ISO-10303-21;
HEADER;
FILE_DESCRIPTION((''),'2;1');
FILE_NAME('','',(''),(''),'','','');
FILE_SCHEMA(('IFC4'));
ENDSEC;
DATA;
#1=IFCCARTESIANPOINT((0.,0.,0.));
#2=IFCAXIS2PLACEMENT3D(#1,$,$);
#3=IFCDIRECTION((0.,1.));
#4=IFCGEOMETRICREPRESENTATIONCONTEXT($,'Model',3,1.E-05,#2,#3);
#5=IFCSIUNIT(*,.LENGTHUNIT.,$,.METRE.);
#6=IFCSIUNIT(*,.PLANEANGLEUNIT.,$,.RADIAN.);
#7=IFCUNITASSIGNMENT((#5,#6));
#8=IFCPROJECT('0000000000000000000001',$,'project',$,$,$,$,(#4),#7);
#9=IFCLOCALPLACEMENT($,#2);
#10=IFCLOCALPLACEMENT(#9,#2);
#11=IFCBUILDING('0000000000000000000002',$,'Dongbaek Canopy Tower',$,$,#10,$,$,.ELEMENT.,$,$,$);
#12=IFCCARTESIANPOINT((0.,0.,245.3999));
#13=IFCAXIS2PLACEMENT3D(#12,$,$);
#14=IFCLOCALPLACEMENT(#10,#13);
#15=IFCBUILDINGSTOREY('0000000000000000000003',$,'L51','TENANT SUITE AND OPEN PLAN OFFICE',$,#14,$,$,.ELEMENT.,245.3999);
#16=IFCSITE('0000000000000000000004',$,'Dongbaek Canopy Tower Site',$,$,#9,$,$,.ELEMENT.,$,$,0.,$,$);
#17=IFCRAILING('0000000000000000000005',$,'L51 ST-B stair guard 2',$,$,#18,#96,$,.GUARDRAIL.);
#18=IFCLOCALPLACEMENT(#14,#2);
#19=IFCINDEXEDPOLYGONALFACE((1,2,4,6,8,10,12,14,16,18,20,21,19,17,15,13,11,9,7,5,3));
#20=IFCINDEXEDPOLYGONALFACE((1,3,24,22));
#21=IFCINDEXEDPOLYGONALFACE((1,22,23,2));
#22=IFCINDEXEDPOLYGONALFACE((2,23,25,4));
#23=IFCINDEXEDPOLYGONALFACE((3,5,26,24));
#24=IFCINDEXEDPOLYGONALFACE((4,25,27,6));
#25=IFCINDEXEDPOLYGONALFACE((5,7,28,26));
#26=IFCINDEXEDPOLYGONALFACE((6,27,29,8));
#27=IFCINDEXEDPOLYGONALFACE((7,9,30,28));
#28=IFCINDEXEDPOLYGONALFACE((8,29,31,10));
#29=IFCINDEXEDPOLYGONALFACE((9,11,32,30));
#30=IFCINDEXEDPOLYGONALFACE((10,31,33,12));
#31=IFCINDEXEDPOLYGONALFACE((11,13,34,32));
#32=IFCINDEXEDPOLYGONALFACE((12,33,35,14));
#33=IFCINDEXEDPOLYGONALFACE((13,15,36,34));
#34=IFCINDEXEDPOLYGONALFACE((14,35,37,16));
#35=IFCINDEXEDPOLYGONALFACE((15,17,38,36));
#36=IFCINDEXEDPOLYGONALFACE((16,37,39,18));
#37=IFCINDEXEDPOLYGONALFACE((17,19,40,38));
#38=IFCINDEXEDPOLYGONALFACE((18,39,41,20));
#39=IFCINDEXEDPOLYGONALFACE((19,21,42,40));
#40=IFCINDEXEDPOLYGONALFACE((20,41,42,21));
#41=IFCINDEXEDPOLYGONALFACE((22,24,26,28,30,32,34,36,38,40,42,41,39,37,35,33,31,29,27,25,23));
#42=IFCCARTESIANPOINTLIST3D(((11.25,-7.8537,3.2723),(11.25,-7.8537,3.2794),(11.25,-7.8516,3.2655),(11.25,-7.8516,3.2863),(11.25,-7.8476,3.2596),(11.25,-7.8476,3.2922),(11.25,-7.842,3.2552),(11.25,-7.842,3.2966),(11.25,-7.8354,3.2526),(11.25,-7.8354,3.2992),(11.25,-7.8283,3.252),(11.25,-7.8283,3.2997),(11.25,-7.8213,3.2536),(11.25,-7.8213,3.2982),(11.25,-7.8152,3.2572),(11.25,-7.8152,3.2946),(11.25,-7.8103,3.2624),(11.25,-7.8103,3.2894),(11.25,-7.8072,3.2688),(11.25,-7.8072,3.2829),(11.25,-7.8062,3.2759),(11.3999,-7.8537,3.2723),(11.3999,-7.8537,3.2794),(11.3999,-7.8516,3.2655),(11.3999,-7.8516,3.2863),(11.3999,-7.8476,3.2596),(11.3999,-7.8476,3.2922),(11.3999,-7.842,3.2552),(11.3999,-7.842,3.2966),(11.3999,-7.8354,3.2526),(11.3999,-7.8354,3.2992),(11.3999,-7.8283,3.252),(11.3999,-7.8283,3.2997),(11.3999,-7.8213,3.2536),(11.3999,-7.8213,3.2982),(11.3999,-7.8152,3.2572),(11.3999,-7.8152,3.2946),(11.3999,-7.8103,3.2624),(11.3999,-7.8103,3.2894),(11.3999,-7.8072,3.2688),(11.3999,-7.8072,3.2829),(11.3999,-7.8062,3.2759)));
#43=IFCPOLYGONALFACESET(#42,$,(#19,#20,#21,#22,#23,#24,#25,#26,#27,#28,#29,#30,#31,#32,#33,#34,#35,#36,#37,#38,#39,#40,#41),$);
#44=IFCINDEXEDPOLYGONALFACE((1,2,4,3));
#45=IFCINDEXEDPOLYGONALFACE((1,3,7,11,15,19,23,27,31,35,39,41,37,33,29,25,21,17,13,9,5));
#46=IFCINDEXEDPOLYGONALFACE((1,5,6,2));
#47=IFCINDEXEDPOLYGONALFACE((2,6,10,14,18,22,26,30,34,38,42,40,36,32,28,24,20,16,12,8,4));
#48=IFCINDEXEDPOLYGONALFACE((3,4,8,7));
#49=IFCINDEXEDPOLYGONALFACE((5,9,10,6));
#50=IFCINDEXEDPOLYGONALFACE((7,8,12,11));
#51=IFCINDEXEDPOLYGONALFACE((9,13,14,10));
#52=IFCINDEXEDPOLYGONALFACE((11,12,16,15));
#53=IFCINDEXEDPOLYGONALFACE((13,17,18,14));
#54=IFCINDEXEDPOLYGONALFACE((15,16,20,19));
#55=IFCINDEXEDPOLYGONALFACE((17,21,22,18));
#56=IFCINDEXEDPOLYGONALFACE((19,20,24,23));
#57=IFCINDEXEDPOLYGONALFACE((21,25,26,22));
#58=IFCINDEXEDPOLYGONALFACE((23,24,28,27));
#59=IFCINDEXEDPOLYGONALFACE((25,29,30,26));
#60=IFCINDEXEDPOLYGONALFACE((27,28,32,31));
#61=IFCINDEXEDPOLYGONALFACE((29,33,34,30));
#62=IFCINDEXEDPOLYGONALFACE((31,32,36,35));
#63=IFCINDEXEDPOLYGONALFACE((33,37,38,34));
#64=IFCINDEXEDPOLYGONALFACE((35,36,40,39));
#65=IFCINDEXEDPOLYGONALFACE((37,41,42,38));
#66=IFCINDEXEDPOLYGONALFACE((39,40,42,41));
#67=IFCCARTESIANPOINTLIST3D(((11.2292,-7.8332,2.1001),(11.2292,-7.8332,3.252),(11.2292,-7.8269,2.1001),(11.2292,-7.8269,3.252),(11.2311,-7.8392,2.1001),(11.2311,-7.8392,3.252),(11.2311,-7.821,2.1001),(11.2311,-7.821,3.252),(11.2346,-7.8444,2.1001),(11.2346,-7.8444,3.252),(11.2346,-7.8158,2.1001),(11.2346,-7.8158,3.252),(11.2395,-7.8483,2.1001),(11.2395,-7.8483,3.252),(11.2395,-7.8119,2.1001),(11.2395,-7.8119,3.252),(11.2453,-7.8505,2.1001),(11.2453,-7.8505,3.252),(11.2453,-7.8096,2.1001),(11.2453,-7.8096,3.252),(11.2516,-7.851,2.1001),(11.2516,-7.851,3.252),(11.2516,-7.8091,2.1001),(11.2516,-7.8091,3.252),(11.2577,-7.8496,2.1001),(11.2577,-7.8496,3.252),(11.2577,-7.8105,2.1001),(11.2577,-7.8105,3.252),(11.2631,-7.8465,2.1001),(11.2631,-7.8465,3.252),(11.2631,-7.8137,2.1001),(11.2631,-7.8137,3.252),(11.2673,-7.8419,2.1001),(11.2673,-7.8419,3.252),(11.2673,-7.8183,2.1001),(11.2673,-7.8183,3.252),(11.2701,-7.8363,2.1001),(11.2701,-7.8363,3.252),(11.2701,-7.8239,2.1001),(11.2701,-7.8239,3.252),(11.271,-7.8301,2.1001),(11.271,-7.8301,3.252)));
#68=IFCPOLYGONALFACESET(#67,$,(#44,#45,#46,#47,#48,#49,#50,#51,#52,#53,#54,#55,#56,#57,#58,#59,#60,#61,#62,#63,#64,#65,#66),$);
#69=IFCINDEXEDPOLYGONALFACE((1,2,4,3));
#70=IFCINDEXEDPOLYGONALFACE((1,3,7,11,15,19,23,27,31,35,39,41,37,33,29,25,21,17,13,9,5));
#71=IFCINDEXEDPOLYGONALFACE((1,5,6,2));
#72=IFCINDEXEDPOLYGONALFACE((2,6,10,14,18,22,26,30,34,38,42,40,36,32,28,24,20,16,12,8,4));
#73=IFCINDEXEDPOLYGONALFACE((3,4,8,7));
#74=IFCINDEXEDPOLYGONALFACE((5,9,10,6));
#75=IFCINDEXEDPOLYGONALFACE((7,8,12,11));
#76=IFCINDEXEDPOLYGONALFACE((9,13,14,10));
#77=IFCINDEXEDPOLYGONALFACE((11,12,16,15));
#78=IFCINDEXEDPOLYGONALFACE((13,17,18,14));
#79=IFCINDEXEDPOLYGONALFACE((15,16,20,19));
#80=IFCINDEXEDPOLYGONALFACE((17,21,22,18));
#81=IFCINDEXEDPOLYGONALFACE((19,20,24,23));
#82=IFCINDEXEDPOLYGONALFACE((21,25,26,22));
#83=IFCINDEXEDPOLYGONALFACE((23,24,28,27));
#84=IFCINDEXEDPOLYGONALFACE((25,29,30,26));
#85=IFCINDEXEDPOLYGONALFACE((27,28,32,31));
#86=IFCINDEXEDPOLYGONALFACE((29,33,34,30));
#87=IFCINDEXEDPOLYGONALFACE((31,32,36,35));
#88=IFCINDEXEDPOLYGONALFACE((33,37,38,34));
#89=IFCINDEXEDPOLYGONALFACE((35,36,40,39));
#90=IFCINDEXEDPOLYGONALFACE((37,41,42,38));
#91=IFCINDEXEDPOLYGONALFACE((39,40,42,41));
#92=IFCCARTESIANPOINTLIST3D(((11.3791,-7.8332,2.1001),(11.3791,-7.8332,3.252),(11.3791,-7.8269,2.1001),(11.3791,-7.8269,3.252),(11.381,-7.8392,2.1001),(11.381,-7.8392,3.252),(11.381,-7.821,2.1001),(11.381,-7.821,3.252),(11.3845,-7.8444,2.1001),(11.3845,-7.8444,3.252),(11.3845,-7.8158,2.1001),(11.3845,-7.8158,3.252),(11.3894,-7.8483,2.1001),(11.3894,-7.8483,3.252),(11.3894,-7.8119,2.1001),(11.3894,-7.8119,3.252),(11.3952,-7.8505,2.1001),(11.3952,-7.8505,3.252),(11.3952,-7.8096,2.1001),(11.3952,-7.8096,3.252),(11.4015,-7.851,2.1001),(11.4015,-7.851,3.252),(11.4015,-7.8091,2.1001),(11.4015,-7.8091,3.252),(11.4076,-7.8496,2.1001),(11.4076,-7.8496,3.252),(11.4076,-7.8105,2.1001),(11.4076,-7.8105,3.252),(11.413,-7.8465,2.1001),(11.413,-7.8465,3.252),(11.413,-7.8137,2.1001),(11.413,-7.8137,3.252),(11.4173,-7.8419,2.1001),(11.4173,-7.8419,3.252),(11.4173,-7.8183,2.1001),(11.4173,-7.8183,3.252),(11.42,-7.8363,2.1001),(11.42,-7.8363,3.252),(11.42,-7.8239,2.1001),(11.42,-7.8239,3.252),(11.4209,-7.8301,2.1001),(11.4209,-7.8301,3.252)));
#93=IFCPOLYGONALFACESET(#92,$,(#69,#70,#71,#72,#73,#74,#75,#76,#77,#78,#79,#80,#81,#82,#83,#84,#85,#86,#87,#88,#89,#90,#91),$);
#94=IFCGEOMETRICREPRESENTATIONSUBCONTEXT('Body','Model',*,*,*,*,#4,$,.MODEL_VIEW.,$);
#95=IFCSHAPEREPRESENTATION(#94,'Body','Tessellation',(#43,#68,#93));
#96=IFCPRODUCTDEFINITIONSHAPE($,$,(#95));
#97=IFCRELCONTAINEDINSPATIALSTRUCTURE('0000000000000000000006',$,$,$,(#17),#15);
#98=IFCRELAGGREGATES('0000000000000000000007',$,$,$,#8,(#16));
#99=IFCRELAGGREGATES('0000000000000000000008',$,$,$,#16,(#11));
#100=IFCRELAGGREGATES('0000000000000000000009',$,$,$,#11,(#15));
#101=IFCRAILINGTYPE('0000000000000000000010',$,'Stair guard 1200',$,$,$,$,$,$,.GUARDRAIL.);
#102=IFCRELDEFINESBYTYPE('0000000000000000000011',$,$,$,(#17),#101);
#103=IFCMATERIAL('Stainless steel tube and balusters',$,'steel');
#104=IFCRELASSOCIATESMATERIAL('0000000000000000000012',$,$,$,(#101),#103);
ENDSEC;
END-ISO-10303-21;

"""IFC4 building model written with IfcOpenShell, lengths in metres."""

from ifc_helpers import new_model, si_unit, direction, frame, origin, origin_2d, place, context, subcontext, project, spatial, circle, extrude, material, type_object, element, save


model = new_model("IFC4")

# Units and contexts
model_context = context("Model", 3, precision=1e-05, world=origin(), true_north=direction((0.0, 1.0)))
body_context = subcontext(model_context, "Body", "Model", "MODEL_VIEW")
ifc_project = project(units=[si_unit("LENGTHUNIT", "METRE"), si_unit("PLANEANGLEUNIT", "RADIAN")], contexts=[model_context])

# Site, building, storey
site_placement = place(None, origin())
site = spatial("IfcSite", under=ifc_project, at=site_placement, Name="Dongbaek Canopy Tower Site", CompositionType="ELEMENT", RefElevation=0.0)
building_placement = place(site_placement, origin())
building = spatial("IfcBuilding", under=site, at=building_placement, Name="Dongbaek Canopy Tower", CompositionType="ELEMENT")
storey_placement = place(building_placement, frame((0.0, 0.0, 245.3999)))
storey = spatial("IfcBuildingStorey", under=building, at=storey_placement, Name="L51", Description="TENANT SUITE AND OPEN PLAN OFFICE", CompositionType="ELEMENT", Elevation=245.3999)

# Railing
ifc_material_1 = material(Name="Stainless steel tube and balusters", Category="steel")
railing_type_1 = type_object("IfcRailingType", Name="Stair guard 1200", PredefinedType="GUARDRAIL", material=ifc_material_1)
railing_1_placement = place(storey_placement, frame((11.25, -7.8301, 2.1001)))
element("IfcRailing", 1, at=railing_1_placement, inside=storey, type_object=railing_type_1, Name="L51 ST-B stair guard 2", PredefinedType="GUARDRAIL", context=body_context, shape_type="SweptSolid", body=[
    extrude(circle(Radius=0.0239, at=origin_2d()), frame((0.0, 0.0, 1.1758), z_axis=(1.0, 0.0, 0.0), x_axis=(0.0, 1.0, 0.0)), (0.0, 0.0, 1.0), 0.1499),
    extrude(circle(Radius=0.021, at=origin_2d()), origin(), (0.0, 0.0, 1.0), 1.1519),
    extrude(circle(Radius=0.021, at=origin_2d()), frame((0.1499, 0.0, 0.0)), (0.0, 0.0, 1.0), 1.1519),
])

save(model, "model.ifc")
